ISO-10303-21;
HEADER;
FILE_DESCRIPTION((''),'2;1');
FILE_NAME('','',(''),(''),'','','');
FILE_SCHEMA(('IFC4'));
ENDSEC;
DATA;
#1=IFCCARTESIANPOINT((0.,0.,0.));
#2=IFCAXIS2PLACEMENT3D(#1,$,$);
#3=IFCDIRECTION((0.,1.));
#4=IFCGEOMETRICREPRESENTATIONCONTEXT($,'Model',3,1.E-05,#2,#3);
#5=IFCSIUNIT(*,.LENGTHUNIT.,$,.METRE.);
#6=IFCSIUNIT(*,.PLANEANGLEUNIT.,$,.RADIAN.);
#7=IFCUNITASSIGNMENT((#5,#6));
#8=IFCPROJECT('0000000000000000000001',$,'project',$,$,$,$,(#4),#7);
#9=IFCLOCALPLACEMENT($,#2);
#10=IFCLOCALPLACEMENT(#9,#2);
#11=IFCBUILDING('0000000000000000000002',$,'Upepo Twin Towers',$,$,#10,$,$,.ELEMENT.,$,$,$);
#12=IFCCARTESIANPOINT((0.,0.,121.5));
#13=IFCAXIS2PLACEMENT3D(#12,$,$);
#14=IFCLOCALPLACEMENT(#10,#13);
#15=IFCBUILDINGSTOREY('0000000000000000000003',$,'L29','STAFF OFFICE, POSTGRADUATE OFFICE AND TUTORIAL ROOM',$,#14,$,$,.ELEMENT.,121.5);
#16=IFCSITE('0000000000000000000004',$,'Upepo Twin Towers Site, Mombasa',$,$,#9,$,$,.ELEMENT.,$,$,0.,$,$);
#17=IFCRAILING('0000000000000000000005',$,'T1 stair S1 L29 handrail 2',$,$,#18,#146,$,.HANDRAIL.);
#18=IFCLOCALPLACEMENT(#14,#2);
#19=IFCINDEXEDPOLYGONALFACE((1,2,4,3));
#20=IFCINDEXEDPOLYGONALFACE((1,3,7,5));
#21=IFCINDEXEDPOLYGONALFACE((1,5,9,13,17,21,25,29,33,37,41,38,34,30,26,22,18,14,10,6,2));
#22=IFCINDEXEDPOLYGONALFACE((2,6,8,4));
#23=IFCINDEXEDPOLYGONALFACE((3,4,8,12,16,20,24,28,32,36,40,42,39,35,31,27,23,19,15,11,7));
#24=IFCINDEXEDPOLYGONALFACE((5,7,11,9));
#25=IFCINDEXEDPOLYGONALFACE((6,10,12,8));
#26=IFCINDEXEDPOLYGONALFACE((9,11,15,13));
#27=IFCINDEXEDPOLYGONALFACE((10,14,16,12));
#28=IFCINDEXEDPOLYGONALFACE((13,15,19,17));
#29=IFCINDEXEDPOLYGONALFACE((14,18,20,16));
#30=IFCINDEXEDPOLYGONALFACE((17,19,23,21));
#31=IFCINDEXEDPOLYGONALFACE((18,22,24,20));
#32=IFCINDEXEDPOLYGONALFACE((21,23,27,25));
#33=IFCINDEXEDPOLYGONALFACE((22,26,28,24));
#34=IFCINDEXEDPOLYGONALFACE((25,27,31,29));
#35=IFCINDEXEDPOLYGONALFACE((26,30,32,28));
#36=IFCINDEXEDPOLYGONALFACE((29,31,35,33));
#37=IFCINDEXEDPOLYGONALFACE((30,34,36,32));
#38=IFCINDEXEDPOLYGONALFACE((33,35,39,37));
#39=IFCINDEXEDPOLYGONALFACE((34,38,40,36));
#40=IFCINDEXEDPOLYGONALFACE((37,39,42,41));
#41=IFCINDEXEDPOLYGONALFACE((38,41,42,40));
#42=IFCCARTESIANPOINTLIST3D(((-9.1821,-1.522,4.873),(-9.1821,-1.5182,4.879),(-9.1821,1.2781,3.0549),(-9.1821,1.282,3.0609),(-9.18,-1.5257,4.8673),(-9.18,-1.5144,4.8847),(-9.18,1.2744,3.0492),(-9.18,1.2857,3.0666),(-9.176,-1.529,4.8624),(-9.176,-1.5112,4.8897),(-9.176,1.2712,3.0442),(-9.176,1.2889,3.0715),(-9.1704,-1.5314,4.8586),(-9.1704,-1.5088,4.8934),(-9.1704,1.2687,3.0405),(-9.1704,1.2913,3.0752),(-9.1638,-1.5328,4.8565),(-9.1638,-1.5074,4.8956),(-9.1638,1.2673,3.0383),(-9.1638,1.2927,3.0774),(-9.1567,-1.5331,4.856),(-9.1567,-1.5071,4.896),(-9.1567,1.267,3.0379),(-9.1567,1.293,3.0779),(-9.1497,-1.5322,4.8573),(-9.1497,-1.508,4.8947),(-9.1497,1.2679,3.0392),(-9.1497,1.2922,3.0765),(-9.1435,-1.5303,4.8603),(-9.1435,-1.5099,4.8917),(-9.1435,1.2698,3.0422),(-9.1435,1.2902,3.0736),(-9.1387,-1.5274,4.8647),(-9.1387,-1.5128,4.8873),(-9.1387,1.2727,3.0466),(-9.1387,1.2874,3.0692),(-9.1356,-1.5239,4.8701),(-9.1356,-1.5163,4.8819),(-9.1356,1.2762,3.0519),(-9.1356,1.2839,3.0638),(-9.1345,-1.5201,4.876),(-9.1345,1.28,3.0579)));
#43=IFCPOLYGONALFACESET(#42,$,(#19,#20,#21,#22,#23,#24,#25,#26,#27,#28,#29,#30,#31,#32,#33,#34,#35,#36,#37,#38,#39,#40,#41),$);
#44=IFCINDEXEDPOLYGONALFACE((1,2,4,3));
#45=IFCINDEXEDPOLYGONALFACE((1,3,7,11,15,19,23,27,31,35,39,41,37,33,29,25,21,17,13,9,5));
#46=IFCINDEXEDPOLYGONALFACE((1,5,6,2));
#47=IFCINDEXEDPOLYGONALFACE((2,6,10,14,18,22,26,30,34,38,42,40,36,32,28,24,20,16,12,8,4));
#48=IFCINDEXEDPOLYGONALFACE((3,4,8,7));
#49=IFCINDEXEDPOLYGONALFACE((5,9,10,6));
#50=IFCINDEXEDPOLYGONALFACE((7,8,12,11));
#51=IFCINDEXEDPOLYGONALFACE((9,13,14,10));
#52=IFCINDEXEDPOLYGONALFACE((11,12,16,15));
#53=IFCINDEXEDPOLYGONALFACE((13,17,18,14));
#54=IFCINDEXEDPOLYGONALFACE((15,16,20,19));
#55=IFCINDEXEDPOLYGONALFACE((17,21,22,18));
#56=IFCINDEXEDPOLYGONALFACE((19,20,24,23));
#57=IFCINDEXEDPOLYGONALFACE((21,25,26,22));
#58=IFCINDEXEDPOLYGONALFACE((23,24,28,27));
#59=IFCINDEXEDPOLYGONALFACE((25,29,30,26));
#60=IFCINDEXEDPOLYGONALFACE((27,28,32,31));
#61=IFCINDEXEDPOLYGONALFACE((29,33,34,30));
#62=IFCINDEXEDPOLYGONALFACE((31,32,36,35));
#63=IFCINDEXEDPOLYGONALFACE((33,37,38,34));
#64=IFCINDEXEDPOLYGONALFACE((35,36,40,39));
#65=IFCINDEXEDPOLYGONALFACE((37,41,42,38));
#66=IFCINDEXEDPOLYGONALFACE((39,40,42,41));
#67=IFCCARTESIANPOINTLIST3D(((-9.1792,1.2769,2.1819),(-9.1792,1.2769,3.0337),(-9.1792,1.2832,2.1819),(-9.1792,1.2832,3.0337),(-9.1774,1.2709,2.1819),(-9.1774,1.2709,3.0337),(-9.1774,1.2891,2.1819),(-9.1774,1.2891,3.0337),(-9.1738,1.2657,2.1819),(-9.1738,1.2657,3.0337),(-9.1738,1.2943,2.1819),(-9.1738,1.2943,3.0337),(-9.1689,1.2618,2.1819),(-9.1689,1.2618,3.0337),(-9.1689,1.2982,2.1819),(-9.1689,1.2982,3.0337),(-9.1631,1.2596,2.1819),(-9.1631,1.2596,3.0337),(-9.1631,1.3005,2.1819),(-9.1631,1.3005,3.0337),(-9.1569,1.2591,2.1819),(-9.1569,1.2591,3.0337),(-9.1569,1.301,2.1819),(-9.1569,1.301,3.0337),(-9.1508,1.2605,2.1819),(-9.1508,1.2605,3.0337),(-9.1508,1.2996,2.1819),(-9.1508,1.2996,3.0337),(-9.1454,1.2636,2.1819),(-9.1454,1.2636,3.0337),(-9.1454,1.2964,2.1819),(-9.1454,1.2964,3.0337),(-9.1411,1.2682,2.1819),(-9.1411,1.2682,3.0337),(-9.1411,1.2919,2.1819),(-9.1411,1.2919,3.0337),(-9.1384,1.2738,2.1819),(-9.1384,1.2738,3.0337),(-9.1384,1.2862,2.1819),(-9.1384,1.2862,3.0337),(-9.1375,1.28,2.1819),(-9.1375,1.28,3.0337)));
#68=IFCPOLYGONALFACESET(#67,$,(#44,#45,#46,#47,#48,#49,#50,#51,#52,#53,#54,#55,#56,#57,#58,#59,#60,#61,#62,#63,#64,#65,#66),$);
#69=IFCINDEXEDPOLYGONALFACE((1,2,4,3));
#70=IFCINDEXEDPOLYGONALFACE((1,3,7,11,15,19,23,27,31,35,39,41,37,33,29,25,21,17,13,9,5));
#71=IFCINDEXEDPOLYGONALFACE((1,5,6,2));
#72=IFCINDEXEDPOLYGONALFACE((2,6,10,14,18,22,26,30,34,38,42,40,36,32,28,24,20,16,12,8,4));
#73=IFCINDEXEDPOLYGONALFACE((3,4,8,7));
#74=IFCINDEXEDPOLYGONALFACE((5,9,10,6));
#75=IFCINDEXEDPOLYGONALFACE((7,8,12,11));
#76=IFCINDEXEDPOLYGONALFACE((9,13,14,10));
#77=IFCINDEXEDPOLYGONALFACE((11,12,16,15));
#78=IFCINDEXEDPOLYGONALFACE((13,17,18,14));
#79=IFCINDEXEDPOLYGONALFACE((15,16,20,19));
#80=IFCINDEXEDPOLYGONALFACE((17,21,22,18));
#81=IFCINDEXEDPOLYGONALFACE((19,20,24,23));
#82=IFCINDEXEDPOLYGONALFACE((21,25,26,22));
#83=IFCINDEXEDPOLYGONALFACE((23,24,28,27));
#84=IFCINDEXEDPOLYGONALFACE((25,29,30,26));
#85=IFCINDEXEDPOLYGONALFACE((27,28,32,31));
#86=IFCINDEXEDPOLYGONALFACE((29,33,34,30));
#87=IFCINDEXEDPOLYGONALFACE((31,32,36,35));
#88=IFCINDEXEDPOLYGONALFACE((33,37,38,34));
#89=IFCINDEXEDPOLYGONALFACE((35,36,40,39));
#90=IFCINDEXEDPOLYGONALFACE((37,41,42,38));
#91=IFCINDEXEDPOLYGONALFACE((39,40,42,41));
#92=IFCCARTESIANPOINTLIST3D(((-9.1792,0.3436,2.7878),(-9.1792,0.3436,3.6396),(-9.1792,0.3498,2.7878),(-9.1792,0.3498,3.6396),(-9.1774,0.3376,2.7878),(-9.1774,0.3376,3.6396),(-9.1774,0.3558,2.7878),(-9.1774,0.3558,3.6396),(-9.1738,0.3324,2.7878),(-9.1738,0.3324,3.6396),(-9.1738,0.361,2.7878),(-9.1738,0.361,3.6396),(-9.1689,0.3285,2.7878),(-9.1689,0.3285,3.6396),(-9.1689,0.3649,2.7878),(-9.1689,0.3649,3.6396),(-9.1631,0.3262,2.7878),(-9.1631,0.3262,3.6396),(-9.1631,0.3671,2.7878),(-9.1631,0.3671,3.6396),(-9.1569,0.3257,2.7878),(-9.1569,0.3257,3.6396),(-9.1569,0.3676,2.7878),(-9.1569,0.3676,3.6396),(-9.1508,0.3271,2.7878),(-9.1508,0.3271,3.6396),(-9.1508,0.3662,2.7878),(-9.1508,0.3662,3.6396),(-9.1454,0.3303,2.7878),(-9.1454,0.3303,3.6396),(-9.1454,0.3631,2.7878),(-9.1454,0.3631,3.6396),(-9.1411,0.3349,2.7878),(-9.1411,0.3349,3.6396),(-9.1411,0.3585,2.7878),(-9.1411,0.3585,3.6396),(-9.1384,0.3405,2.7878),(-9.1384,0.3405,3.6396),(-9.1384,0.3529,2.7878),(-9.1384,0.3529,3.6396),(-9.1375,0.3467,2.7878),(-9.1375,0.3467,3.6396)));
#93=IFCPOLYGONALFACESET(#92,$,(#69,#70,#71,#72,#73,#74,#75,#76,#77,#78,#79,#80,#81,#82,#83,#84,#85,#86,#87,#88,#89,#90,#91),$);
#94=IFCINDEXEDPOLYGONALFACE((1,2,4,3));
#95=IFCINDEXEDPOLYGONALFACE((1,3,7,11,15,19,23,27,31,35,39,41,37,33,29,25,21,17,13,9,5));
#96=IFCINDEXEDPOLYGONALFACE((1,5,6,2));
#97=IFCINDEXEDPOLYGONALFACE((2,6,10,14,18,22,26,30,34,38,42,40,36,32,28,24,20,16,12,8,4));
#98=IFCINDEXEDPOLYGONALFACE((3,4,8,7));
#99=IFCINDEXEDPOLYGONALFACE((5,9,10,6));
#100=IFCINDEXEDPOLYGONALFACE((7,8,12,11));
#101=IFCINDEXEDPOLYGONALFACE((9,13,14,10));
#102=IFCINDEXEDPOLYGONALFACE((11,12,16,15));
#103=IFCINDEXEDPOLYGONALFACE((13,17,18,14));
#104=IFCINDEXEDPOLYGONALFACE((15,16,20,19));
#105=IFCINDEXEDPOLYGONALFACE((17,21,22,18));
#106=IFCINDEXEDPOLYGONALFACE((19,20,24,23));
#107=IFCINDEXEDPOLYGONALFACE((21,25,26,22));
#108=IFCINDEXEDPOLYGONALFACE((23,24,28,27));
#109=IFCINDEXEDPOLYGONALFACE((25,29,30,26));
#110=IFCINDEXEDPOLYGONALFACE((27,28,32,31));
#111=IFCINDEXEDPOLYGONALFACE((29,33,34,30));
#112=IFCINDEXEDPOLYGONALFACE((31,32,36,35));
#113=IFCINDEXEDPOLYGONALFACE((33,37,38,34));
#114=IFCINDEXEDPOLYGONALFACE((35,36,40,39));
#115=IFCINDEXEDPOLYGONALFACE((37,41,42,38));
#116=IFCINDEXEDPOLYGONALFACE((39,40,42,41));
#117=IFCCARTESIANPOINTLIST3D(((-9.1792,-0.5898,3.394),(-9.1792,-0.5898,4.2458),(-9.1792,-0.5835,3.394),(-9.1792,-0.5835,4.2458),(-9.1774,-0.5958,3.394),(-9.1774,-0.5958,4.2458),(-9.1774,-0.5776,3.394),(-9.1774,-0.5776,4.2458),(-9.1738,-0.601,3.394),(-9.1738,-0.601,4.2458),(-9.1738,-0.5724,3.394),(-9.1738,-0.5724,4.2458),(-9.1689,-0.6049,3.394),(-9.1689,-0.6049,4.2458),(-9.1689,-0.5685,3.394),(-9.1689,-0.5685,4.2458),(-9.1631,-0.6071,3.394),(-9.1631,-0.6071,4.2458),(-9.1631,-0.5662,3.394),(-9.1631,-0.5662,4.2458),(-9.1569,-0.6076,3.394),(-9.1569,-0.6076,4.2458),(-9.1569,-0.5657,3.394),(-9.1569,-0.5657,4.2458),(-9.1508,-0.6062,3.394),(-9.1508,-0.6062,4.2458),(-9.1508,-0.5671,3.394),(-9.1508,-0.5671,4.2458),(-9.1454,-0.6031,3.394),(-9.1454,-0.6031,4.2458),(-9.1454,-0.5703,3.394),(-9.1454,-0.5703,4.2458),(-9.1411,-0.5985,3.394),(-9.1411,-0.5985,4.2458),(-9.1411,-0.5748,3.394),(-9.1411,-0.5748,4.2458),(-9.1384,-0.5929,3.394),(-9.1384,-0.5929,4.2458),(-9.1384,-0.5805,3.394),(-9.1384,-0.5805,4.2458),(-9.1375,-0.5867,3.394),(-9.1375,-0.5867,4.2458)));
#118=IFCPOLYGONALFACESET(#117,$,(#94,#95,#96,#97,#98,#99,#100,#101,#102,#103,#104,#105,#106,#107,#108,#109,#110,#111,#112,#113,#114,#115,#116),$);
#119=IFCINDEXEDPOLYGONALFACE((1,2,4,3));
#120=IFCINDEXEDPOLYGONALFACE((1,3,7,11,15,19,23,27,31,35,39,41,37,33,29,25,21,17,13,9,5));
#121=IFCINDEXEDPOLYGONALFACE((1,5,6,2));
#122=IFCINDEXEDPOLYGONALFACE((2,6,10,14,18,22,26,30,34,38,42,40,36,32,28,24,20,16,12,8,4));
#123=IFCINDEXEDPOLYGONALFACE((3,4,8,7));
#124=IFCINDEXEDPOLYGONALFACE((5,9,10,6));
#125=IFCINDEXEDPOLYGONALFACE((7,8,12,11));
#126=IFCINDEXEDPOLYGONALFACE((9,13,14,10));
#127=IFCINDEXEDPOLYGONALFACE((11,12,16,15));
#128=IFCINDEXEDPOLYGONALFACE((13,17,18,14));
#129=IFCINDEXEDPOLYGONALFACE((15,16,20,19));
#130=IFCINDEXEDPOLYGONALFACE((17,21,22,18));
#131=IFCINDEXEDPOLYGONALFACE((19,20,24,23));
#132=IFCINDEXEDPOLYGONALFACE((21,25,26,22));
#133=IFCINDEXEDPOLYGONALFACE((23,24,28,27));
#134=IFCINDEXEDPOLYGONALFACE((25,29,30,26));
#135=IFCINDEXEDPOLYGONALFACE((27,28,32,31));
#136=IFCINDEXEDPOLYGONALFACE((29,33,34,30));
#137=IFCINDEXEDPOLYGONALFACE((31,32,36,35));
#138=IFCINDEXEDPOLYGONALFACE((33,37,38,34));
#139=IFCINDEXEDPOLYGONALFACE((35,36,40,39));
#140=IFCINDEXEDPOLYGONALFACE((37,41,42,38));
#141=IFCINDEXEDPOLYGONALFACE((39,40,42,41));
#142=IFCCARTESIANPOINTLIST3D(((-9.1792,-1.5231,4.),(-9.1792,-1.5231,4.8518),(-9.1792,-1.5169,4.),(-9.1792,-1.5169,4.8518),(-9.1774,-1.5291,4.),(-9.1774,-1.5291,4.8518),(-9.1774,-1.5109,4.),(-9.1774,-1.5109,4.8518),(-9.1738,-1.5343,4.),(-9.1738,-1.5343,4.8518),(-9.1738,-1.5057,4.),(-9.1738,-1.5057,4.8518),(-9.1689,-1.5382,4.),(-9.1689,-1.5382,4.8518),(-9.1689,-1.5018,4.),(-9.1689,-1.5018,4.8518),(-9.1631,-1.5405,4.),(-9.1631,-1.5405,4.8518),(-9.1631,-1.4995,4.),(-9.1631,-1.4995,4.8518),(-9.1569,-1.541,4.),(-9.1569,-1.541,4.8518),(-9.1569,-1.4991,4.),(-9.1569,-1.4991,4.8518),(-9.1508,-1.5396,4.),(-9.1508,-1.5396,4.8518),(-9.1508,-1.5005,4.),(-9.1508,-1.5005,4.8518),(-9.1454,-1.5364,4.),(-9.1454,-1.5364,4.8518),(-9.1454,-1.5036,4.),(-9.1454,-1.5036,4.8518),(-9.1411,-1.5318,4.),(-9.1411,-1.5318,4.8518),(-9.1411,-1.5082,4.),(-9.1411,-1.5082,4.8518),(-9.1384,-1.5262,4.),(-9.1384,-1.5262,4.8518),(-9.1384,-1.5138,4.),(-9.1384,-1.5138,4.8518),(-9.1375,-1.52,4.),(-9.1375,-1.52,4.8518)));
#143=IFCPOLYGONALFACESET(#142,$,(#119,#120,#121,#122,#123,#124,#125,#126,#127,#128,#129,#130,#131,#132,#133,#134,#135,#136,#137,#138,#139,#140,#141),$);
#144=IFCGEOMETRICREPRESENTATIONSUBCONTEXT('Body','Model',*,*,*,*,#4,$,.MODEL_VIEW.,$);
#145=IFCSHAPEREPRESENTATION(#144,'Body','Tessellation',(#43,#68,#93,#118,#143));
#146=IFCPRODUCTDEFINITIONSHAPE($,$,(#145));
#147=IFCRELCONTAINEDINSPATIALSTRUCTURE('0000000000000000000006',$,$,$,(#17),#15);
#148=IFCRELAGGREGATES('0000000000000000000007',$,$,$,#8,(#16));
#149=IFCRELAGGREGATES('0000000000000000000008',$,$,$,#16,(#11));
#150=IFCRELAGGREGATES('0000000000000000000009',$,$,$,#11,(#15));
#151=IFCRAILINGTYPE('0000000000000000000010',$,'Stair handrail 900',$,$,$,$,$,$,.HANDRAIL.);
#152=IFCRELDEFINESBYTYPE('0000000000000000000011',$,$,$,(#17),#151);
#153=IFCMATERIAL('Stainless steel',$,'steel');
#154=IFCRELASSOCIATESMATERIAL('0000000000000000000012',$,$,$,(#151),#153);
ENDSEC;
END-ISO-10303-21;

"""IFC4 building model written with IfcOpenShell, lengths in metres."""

from ifc_helpers import new_model, si_unit, direction, frame, origin, origin_2d, place, context, subcontext, project, spatial, circle, extrude, material, type_object, element, save


model = new_model("IFC4")

# Units and contexts
model_context = context("Model", 3, precision=1e-05, world=origin(), true_north=direction((0.0, 1.0)))
body_context = subcontext(model_context, "Body", "Model", "MODEL_VIEW")
ifc_project = project(units=[si_unit("LENGTHUNIT", "METRE"), si_unit("PLANEANGLEUNIT", "RADIAN")], contexts=[model_context])

# Site, building, storey
site_placement = place(None, origin())
site = spatial("IfcSite", under=ifc_project, at=site_placement, Name="Upepo Twin Towers Site, Mombasa", CompositionType="ELEMENT", RefElevation=0.0)
building_placement = place(site_placement, origin())
building = spatial("IfcBuilding", under=site, at=building_placement, Name="Upepo Twin Towers", CompositionType="ELEMENT")
storey_placement = place(building_placement, frame((0.0, 0.0, 121.5)))
storey = spatial("IfcBuildingStorey", under=building, at=storey_placement, Name="L29", Description="STAFF OFFICE, POSTGRADUATE OFFICE AND TUTORIAL ROOM", CompositionType="ELEMENT", Elevation=121.5)

# Railing
ifc_material_1 = material(Name="Stainless steel", Category="steel")
railing_type = type_object("IfcRailingType", Name="Stair handrail 900", PredefinedType="HANDRAIL", material=ifc_material_1)
railing_1_placement = place(storey_placement, frame((-9.1584, 1.28, 2.1819)))
element("IfcRailing", 1, at=railing_1_placement, inside=storey, type_object=railing_type, Name="T1 stair S1 L29 handrail 2", PredefinedType="HANDRAIL", context=body_context, shape_type="SweptSolid", body=[
    extrude(circle(Radius=0.0239, at=origin_2d()), frame((0.0, 0.0, 0.876), z_axis=(0.0, -0.838706, 0.544585), x_axis=(1.0, 0.0, 0.0)), (0.0, 0.0, 1.0), 3.3386),
    extrude(circle(Radius=0.021, at=origin_2d()), origin(), (0.0, 0.0, 1.0), 0.8518),
    extrude(circle(Radius=0.021, at=origin_2d()), frame((0.0, -0.9333, 0.606)), (0.0, 0.0, 1.0), 0.8518),
    extrude(circle(Radius=0.021, at=origin_2d()), frame((0.0, -1.8667, 1.2122)), (0.0, 0.0, 1.0), 0.8518),
    extrude(circle(Radius=0.021, at=origin_2d()), frame((0.0, -2.8, 1.8181)), (0.0, 0.0, 1.0), 0.8518),
])

save(model, "model.ifc")
